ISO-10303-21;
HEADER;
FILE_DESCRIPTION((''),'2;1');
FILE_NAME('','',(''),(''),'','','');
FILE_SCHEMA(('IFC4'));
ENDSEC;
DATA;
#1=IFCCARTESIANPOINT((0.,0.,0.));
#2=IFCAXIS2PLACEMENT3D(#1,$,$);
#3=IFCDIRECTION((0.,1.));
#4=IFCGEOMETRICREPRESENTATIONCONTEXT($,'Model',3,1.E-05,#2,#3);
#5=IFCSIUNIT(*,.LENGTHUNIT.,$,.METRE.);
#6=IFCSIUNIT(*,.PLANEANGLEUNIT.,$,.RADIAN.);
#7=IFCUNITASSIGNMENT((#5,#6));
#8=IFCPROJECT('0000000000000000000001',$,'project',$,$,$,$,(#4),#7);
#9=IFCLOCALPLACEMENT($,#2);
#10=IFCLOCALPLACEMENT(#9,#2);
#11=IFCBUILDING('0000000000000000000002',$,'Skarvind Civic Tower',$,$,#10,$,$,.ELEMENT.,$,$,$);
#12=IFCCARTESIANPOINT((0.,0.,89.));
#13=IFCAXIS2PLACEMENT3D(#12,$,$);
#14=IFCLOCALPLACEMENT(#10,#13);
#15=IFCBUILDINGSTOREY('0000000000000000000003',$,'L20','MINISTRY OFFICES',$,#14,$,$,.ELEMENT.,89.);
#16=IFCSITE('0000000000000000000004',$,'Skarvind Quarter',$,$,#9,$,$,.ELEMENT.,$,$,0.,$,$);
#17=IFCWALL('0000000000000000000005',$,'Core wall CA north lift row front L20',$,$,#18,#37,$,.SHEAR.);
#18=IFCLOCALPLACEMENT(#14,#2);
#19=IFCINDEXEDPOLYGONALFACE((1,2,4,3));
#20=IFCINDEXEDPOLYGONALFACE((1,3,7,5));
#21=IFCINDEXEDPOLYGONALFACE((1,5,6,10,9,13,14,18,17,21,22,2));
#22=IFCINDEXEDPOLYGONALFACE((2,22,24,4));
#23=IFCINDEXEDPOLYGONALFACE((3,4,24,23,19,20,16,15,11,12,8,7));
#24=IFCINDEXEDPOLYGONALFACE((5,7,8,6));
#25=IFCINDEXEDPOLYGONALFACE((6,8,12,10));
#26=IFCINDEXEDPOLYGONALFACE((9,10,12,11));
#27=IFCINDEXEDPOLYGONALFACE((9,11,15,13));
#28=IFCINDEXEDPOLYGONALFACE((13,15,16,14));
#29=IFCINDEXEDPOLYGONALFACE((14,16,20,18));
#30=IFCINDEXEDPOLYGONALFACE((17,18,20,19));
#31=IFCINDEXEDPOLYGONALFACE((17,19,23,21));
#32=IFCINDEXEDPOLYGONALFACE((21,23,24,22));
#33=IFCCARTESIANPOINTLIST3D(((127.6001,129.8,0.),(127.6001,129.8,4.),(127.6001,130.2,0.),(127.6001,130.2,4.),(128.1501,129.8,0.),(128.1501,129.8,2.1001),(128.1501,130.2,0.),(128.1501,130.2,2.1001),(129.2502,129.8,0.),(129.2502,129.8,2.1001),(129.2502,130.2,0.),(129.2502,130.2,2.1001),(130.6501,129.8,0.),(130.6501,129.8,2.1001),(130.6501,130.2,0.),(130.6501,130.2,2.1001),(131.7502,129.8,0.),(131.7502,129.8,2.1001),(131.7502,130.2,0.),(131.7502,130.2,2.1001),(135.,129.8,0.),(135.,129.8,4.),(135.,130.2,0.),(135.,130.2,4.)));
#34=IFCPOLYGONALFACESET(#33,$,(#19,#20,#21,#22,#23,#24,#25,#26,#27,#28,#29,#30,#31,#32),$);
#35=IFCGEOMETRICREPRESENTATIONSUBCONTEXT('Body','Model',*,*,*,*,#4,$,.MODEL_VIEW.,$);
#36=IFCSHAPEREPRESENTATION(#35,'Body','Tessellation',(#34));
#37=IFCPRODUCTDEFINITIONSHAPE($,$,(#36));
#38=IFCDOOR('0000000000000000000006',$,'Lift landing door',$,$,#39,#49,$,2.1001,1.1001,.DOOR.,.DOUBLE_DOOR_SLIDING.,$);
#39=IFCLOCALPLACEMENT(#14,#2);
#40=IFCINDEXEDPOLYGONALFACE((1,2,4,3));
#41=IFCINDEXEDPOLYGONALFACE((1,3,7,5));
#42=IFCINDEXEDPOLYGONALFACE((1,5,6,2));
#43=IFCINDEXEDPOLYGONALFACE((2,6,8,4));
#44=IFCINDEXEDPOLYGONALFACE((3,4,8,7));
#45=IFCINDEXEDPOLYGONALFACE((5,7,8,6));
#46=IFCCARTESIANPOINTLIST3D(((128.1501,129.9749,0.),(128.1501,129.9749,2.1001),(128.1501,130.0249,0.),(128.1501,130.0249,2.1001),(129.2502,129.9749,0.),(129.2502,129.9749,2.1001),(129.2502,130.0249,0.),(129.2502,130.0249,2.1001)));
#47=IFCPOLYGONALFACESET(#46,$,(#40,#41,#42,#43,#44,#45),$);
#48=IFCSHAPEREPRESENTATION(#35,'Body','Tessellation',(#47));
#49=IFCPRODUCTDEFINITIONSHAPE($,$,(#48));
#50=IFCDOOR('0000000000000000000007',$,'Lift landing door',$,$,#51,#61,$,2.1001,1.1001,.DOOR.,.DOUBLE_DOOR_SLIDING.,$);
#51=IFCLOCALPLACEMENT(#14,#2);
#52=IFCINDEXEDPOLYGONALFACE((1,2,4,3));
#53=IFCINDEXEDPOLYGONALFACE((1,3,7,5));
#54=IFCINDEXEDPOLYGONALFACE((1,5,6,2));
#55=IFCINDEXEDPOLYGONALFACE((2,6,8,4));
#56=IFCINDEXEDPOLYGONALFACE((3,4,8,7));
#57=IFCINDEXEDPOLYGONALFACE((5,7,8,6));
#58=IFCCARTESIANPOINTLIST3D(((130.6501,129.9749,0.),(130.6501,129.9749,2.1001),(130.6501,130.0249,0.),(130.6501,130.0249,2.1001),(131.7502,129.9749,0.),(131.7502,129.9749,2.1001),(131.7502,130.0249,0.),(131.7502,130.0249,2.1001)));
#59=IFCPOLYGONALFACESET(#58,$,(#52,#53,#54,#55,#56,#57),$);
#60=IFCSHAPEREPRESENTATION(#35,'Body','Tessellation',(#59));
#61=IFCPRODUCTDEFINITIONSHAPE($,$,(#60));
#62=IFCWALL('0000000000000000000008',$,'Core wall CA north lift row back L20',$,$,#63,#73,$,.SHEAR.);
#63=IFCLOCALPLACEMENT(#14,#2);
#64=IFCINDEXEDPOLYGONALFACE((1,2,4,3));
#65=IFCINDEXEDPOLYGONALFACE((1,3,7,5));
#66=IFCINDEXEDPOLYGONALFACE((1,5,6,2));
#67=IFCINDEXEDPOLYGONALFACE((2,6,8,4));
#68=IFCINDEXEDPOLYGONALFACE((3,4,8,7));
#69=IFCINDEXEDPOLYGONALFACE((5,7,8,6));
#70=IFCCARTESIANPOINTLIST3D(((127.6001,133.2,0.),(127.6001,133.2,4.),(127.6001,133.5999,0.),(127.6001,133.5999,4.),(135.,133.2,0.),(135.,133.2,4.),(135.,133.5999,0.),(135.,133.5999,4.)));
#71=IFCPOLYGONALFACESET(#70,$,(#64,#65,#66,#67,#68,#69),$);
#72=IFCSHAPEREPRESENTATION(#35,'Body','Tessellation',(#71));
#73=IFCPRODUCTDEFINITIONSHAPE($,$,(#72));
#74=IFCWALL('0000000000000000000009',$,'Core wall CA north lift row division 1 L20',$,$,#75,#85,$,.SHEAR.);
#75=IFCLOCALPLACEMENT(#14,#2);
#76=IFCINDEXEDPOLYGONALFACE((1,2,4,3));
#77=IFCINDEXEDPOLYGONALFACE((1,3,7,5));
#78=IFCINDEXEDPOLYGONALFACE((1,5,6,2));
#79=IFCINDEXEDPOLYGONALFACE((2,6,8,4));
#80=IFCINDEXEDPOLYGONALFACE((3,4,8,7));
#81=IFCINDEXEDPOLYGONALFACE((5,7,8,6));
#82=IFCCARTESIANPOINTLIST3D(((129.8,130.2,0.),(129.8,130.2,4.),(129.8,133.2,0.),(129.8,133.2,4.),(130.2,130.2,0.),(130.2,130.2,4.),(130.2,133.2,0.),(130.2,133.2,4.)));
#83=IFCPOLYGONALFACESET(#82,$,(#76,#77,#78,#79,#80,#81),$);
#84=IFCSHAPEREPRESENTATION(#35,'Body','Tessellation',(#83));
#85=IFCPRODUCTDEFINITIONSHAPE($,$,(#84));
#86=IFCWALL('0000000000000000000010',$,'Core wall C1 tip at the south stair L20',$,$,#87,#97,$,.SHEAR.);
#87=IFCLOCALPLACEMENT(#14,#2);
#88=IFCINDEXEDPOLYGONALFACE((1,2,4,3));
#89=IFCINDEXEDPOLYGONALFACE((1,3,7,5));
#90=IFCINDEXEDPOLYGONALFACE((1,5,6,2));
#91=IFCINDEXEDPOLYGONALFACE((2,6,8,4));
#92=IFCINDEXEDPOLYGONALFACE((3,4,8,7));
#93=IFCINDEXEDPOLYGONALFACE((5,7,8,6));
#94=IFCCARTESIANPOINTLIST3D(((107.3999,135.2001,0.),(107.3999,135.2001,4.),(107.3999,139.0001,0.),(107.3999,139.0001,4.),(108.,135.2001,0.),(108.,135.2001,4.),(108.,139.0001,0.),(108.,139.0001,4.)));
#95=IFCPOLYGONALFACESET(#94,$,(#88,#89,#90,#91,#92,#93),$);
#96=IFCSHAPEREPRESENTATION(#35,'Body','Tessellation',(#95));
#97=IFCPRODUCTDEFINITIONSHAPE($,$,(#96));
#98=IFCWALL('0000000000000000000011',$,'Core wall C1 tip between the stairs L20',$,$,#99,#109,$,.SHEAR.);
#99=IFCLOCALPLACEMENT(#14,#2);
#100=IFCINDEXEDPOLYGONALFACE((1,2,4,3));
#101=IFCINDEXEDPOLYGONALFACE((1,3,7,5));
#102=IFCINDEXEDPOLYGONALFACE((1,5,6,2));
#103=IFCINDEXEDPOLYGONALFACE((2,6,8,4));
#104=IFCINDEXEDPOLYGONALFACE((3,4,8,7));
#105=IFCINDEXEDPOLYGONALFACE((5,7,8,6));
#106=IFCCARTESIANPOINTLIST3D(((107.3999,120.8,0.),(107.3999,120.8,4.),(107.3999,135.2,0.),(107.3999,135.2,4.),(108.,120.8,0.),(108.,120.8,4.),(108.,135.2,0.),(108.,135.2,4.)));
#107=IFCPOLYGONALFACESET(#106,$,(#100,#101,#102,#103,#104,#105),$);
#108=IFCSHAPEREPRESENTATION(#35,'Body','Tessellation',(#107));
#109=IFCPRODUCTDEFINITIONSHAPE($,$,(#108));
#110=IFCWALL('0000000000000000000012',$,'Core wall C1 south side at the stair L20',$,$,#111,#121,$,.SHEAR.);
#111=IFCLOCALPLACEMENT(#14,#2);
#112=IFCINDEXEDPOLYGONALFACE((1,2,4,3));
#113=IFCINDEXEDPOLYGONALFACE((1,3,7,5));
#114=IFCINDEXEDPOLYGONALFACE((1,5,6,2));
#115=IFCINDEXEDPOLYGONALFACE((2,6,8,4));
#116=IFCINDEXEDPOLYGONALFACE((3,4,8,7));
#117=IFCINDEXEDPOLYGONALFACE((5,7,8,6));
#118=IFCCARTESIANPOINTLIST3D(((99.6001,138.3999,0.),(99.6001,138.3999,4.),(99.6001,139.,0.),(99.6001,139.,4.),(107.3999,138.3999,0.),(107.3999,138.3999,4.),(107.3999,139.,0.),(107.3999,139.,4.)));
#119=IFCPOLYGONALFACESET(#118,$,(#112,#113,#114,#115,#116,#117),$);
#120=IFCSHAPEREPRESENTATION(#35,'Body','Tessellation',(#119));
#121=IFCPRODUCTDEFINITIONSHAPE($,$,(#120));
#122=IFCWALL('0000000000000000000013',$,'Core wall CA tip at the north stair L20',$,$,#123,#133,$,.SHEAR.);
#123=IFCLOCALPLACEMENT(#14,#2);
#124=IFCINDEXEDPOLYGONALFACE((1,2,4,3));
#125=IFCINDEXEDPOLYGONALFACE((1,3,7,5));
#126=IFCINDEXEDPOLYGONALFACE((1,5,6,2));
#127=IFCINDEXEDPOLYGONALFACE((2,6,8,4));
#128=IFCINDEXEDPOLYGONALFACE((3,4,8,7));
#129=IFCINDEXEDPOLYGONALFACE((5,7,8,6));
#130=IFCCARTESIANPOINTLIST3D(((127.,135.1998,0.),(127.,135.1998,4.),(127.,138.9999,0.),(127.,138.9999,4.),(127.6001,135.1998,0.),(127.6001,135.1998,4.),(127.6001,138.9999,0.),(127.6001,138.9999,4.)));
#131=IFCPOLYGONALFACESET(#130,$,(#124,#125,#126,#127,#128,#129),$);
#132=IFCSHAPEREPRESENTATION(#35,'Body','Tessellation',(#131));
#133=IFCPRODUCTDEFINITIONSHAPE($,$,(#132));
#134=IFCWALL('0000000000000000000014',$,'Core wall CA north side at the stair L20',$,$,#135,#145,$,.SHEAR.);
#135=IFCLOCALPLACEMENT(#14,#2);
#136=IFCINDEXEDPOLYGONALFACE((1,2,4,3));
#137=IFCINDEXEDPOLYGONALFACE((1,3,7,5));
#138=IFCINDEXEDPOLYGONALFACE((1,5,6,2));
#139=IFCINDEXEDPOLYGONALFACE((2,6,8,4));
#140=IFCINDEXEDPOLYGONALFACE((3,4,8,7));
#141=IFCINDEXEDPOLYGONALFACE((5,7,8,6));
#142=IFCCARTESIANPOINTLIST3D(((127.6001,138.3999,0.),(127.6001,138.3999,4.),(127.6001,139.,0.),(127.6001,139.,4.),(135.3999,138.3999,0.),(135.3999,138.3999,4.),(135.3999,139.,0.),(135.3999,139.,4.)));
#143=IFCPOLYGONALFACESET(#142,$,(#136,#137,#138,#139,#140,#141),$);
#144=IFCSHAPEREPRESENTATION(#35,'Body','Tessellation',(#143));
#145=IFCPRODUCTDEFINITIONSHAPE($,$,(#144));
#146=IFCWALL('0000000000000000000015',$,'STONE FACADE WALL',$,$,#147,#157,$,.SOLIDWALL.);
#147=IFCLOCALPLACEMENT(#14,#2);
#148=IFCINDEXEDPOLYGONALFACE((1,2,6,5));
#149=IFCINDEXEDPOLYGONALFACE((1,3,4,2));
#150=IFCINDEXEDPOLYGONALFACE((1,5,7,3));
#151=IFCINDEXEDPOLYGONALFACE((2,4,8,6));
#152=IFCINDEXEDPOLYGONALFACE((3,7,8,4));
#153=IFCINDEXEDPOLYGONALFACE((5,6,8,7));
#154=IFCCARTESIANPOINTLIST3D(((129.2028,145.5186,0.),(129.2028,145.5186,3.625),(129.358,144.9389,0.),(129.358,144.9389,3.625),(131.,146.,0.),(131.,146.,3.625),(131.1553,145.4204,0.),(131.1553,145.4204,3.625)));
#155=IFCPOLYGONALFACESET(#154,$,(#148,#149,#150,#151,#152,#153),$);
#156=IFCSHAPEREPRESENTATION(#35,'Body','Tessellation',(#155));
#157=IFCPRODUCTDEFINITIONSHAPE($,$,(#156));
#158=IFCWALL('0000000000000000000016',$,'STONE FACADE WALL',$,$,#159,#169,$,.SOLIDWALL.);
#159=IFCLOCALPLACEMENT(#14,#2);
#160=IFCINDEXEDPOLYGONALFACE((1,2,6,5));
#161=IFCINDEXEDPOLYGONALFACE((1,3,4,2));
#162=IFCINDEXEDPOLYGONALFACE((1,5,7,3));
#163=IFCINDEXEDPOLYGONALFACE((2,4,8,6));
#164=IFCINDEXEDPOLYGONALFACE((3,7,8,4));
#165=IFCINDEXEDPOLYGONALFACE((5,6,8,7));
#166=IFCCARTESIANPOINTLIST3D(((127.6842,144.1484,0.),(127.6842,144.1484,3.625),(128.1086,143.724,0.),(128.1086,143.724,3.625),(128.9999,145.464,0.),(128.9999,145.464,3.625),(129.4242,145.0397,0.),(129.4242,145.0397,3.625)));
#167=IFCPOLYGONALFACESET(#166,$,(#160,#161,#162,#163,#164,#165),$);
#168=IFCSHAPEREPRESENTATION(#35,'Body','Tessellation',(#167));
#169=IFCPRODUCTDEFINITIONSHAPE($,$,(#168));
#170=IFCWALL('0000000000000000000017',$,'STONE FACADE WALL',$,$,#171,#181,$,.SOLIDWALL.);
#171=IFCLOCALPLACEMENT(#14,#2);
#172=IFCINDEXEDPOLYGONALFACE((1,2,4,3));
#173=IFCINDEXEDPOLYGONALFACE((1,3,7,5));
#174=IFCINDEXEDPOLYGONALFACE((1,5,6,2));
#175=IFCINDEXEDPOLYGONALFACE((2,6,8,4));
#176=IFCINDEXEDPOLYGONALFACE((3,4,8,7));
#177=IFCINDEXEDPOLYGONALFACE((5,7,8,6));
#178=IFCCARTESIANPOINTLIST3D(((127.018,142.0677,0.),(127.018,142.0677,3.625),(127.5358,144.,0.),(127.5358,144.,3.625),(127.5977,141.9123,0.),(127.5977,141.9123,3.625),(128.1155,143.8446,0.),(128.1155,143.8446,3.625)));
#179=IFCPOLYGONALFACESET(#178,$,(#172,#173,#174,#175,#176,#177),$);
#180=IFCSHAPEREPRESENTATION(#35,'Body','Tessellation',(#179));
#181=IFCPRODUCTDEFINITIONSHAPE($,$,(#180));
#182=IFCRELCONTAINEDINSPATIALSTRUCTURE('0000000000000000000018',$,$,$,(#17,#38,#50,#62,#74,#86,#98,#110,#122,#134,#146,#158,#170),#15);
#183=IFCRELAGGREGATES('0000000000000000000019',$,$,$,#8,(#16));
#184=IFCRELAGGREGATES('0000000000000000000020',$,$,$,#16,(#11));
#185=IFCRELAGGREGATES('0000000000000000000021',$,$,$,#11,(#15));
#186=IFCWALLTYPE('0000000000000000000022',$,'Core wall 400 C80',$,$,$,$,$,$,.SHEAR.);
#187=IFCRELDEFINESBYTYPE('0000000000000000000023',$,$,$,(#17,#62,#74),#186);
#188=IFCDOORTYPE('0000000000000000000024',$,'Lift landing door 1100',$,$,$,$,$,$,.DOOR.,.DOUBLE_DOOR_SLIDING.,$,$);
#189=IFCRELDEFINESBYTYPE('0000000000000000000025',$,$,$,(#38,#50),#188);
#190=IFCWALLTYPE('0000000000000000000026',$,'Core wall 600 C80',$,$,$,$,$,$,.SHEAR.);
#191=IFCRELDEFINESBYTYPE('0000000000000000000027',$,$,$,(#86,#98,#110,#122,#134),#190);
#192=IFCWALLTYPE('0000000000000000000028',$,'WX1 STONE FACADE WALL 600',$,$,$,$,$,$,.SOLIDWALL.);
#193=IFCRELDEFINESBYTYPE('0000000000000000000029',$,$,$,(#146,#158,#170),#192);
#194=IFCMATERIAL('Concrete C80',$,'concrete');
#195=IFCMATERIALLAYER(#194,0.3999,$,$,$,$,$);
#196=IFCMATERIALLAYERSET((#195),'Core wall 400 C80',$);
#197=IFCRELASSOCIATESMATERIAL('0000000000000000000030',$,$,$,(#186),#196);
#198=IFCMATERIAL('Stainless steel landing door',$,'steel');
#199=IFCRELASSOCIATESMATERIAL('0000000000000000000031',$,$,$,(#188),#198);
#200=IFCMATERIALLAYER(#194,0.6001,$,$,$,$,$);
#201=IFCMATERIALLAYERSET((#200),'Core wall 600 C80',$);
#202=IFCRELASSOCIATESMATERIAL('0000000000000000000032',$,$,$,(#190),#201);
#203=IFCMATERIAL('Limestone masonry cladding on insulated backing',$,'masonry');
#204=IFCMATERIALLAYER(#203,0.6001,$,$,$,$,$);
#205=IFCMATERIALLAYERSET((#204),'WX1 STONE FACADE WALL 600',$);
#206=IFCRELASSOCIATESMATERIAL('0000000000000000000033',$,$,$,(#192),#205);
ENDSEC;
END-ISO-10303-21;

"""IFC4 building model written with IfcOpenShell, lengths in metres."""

from ifc_helpers import new_model, si_unit, direction, frame, frame_2d, origin, place, context, subcontext, project, spatial, rectangle, extrude, material, layer, layer_set, type_object, element, fill, save


model = new_model("IFC4")

# Units and contexts
model_context = context("Model", 3, precision=1e-05, world=origin(), true_north=direction((0.0, 1.0)))
body_context = subcontext(model_context, "Body", "Model", "MODEL_VIEW")
ifc_project = project(units=[si_unit("LENGTHUNIT", "METRE"), si_unit("PLANEANGLEUNIT", "RADIAN")], contexts=[model_context])

# Site, building, storey
site_placement = place(None, origin())
site = spatial("IfcSite", under=ifc_project, at=site_placement, Name="Skarvind Quarter", CompositionType="ELEMENT", RefElevation=0.0)
building_placement = place(site_placement, origin())
building = spatial("IfcBuilding", under=site, at=building_placement, Name="Skarvind Civic Tower", CompositionType="ELEMENT")
storey_placement = place(building_placement, frame((0.0, 0.0, 89.0)))
storey = spatial("IfcBuildingStorey", under=building, at=storey_placement, Name="L20", Description="MINISTRY OFFICES", CompositionType="ELEMENT", Elevation=89.0)

# Shared definitions
ifc_material_1 = material(Name="Concrete C80", Category="concrete")
ifc_layer_1 = layer(ifc_material_1, 0.3999)
ifc_layer_set_1 = layer_set([ifc_layer_1], Name="Core wall 400 C80")
wall_type_1 = type_object("IfcWallType", Name="Core wall 400 C80", PredefinedType="SHEAR", material=ifc_layer_set_1)

# Shared definitions
ifc_material_2 = material(Name="Stainless steel landing door", Category="steel")
door_type = type_object("IfcDoorType", Name="Lift landing door 1100", OperationType="DOUBLE_DOOR_SLIDING", PredefinedType="DOOR", material=ifc_material_2)

# Wall, openings, doors
wall_1_placement = place(storey_placement, frame((127.6001, 130.0, 0.0), z_axis=(0.0, 0.0, 1.0), x_axis=(1.0, 0.0, 0.0)))
wall_1 = element("IfcWall", 1, at=wall_1_placement, inside=storey, type_object=wall_type_1, Name="Core wall CA north lift row front L20", PredefinedType="SHEAR", context=body_context, shape_type="SweptSolid", body=[
    extrude(rectangle(XDim=7.3999, YDim=0.3999, at=frame_2d((3.7, 0.0))), origin(), (0.0, 0.0, 1.0), 4.0),
])
opening_1_placement = place(wall_1_placement, frame((0.55, 0.0, 0.0)))
opening_1 = element("IfcOpeningElement", 2, at=opening_1_placement, cuts=wall_1, PredefinedType="OPENING", context=body_context, shape_type="SweptSolid", body=[
    extrude(rectangle(XDim=1.1001, YDim=2.1001, at=frame_2d((0.55, 1.05))), frame((0.0, 0.21, 0.0), z_axis=(0.0, -1.0, 0.0), x_axis=(1.0, 0.0, 0.0)), (0.0, 0.0, 1.0), 0.4199),
])
opening_2_placement = place(wall_1_placement, frame((3.05, 0.0, 0.0)))
opening_2 = element("IfcOpeningElement", 3, at=opening_2_placement, cuts=wall_1, PredefinedType="OPENING", context=body_context, shape_type="SweptSolid", body=[
    extrude(rectangle(XDim=1.1001, YDim=2.1001, at=frame_2d((0.55, 1.05))), frame((0.0, 0.21, 0.0), z_axis=(0.0, -1.0, 0.0), x_axis=(1.0, 0.0, 0.0)), (0.0, 0.0, 1.0), 0.4199),
])
door_1_placement = place(opening_1_placement, origin())
door_1 = element("IfcDoor", 4, at=door_1_placement, inside=storey, type_object=door_type, Name="Lift landing door", OperationType="DOUBLE_DOOR_SLIDING", OverallHeight=2.1001, OverallWidth=1.1001, PredefinedType="DOOR", context=body_context, shape_type="SweptSolid", body=[
    extrude(rectangle(XDim=1.1001, YDim=2.1001, at=frame_2d((0.55, 1.05))), frame((0.0, 0.0249, 0.0), z_axis=(0.0, -1.0, 0.0), x_axis=(1.0, 0.0, 0.0)), (0.0, 0.0, 1.0), 0.05),
])
fill(opening_1, door_1)
door_2_placement = place(opening_2_placement, origin())
door_2 = element("IfcDoor", 5, at=door_2_placement, inside=storey, type_object=door_type, Name="Lift landing door", OperationType="DOUBLE_DOOR_SLIDING", OverallHeight=2.1001, OverallWidth=1.1001, PredefinedType="DOOR", context=body_context, shape_type="SweptSolid", body=[
    extrude(rectangle(XDim=1.1001, YDim=2.1001, at=frame_2d((0.55, 1.05))), frame((0.0, 0.0249, 0.0), z_axis=(0.0, -1.0, 0.0), x_axis=(1.0, 0.0, 0.0)), (0.0, 0.0, 1.0), 0.05),
])
fill(opening_2, door_2)

# Walls
wall_2_placement = place(storey_placement, frame((127.6001, 133.3999, 0.0), z_axis=(0.0, 0.0, 1.0), x_axis=(1.0, 0.0, 0.0)))
element("IfcWall", 6, at=wall_2_placement, inside=storey, type_object=wall_type_1, Name="Core wall CA north lift row back L20", PredefinedType="SHEAR", context=body_context, shape_type="SweptSolid", body=[
    extrude(rectangle(XDim=7.3999, YDim=0.3999, at=frame_2d((3.7, 0.0))), origin(), (0.0, 0.0, 1.0), 4.0),
])
wall_3_placement = place(storey_placement, frame((130.0, 130.2, 0.0), z_axis=(0.0, 0.0, 1.0), x_axis=(0.0, 1.0, 0.0)))
element("IfcWall", 7, at=wall_3_placement, inside=storey, type_object=wall_type_1, Name="Core wall CA north lift row division 1 L20", PredefinedType="SHEAR", context=body_context, shape_type="SweptSolid", body=[
    extrude(rectangle(XDim=3.0, YDim=0.3999, at=frame_2d((1.5, 0.0))), origin(), (0.0, 0.0, 1.0), 4.0),
])
ifc_layer_2 = layer(ifc_material_1, 0.6001)
ifc_layer_set_2 = layer_set([ifc_layer_2], Name="Core wall 600 C80")
wall_type_2 = type_object("IfcWallType", Name="Core wall 600 C80", PredefinedType="SHEAR", material=ifc_layer_set_2)
wall_4_placement = place(storey_placement, frame((107.7, 139.0, 0.0), z_axis=(0.0, 0.0, 1.0), x_axis=(0.0, -1.0, 0.0)))
element("IfcWall", 8, at=wall_4_placement, inside=storey, type_object=wall_type_2, Name="Core wall C1 tip at the south stair L20", PredefinedType="SHEAR", context=body_context, shape_type="SweptSolid", body=[
    extrude(rectangle(XDim=3.8, YDim=0.6001, at=frame_2d((1.8999, 0.0))), origin(), (0.0, 0.0, 1.0), 4.0),
])
wall_5_placement = place(storey_placement, frame((107.7, 135.2, 0.0), z_axis=(0.0, 0.0, 1.0), x_axis=(0.0, -1.0, 0.0)))
element("IfcWall", 9, at=wall_5_placement, inside=storey, type_object=wall_type_2, Name="Core wall C1 tip between the stairs L20", PredefinedType="SHEAR", context=body_context, shape_type="SweptSolid", body=[
    extrude(rectangle(XDim=14.3999, YDim=0.6001, at=frame_2d((7.2, 0.0))), origin(), (0.0, 0.0, 1.0), 4.0),
])
wall_6_placement = place(storey_placement, frame((107.3999, 138.7, 0.0), z_axis=(0.0, 0.0, 1.0), x_axis=(-1.0, 0.0, 0.0)))
element("IfcWall", 10, at=wall_6_placement, inside=storey, type_object=wall_type_2, Name="Core wall C1 south side at the stair L20", PredefinedType="SHEAR", context=body_context, shape_type="SweptSolid", body=[
    extrude(rectangle(XDim=7.7998, YDim=0.6001, at=frame_2d((3.8999, 0.0))), origin(), (0.0, 0.0, 1.0), 4.0),
])
wall_7_placement = place(storey_placement, frame((127.3, 135.2, 0.0), z_axis=(0.0, 0.0, 1.0), x_axis=(0.0, 1.0, 0.0)))
element("IfcWall", 11, at=wall_7_placement, inside=storey, type_object=wall_type_2, Name="Core wall CA tip at the north stair L20", PredefinedType="SHEAR", context=body_context, shape_type="SweptSolid", body=[
    extrude(rectangle(XDim=3.8, YDim=0.6001, at=frame_2d((1.8999, 0.0))), origin(), (0.0, 0.0, 1.0), 4.0),
])
wall_8_placement = place(storey_placement, frame((127.6001, 138.7, 0.0), z_axis=(0.0, 0.0, 1.0), x_axis=(1.0, 0.0, 0.0)))
element("IfcWall", 12, at=wall_8_placement, inside=storey, type_object=wall_type_2, Name="Core wall CA north side at the stair L20", PredefinedType="SHEAR", context=body_context, shape_type="SweptSolid", body=[
    extrude(rectangle(XDim=7.7998, YDim=0.6001, at=frame_2d((3.8999, 0.0))), origin(), (0.0, 0.0, 1.0), 4.0),
])
ifc_material_3 = material(Name="Limestone masonry cladding on insulated backing", Category="masonry")
ifc_layer_3 = layer(ifc_material_3, 0.6001)
ifc_layer_set_3 = layer_set([ifc_layer_3], Name="WX1 STONE FACADE WALL 600")
wall_type_3 = type_object("IfcWallType", Name="WX1 STONE FACADE WALL 600", PredefinedType="SOLIDWALL", material=ifc_layer_set_3)
for number, where, z_axis, x_axis, name in (
    (13, (129.2805, 145.2288, 0.0), (0.0, 0.0, 1.0), (0.965938, 0.258773, 0.0), "STONE FACADE WALL"),
    (14, (127.8965, 143.9363, 0.0), (0.0, 0.0, 1.0), (0.707107, 0.707107, 0.0), "STONE FACADE WALL"),
):
    element("IfcWall", number, at=place(storey_placement, frame(where, z_axis=z_axis, x_axis=x_axis)), inside=storey, type_object=wall_type_3, Name=name, PredefinedType="SOLIDWALL", context=body_context, shape_type="SweptSolid", body=[
        extrude(rectangle(XDim=1.8606, YDim=0.6001, at=frame_2d((0.9302, 0.0))), origin(), (0.0, 0.0, 1.0), 3.625),
    ])
wall_9_placement = place(storey_placement, frame((127.3079, 141.99, 0.0), z_axis=(0.0, 0.0, 1.0), x_axis=(0.25884, 0.96592, 0.0)))
element("IfcWall", 15, at=wall_9_placement, inside=storey, type_object=wall_type_3, Name="STONE FACADE WALL", PredefinedType="SOLIDWALL", context=body_context, shape_type="SweptSolid", body=[
    extrude(rectangle(XDim=2.0005, YDim=0.6001, at=frame_2d((1.0002, 0.0))), origin(), (0.0, 0.0, 1.0), 3.625),
])

save(model, "model.ifc")
